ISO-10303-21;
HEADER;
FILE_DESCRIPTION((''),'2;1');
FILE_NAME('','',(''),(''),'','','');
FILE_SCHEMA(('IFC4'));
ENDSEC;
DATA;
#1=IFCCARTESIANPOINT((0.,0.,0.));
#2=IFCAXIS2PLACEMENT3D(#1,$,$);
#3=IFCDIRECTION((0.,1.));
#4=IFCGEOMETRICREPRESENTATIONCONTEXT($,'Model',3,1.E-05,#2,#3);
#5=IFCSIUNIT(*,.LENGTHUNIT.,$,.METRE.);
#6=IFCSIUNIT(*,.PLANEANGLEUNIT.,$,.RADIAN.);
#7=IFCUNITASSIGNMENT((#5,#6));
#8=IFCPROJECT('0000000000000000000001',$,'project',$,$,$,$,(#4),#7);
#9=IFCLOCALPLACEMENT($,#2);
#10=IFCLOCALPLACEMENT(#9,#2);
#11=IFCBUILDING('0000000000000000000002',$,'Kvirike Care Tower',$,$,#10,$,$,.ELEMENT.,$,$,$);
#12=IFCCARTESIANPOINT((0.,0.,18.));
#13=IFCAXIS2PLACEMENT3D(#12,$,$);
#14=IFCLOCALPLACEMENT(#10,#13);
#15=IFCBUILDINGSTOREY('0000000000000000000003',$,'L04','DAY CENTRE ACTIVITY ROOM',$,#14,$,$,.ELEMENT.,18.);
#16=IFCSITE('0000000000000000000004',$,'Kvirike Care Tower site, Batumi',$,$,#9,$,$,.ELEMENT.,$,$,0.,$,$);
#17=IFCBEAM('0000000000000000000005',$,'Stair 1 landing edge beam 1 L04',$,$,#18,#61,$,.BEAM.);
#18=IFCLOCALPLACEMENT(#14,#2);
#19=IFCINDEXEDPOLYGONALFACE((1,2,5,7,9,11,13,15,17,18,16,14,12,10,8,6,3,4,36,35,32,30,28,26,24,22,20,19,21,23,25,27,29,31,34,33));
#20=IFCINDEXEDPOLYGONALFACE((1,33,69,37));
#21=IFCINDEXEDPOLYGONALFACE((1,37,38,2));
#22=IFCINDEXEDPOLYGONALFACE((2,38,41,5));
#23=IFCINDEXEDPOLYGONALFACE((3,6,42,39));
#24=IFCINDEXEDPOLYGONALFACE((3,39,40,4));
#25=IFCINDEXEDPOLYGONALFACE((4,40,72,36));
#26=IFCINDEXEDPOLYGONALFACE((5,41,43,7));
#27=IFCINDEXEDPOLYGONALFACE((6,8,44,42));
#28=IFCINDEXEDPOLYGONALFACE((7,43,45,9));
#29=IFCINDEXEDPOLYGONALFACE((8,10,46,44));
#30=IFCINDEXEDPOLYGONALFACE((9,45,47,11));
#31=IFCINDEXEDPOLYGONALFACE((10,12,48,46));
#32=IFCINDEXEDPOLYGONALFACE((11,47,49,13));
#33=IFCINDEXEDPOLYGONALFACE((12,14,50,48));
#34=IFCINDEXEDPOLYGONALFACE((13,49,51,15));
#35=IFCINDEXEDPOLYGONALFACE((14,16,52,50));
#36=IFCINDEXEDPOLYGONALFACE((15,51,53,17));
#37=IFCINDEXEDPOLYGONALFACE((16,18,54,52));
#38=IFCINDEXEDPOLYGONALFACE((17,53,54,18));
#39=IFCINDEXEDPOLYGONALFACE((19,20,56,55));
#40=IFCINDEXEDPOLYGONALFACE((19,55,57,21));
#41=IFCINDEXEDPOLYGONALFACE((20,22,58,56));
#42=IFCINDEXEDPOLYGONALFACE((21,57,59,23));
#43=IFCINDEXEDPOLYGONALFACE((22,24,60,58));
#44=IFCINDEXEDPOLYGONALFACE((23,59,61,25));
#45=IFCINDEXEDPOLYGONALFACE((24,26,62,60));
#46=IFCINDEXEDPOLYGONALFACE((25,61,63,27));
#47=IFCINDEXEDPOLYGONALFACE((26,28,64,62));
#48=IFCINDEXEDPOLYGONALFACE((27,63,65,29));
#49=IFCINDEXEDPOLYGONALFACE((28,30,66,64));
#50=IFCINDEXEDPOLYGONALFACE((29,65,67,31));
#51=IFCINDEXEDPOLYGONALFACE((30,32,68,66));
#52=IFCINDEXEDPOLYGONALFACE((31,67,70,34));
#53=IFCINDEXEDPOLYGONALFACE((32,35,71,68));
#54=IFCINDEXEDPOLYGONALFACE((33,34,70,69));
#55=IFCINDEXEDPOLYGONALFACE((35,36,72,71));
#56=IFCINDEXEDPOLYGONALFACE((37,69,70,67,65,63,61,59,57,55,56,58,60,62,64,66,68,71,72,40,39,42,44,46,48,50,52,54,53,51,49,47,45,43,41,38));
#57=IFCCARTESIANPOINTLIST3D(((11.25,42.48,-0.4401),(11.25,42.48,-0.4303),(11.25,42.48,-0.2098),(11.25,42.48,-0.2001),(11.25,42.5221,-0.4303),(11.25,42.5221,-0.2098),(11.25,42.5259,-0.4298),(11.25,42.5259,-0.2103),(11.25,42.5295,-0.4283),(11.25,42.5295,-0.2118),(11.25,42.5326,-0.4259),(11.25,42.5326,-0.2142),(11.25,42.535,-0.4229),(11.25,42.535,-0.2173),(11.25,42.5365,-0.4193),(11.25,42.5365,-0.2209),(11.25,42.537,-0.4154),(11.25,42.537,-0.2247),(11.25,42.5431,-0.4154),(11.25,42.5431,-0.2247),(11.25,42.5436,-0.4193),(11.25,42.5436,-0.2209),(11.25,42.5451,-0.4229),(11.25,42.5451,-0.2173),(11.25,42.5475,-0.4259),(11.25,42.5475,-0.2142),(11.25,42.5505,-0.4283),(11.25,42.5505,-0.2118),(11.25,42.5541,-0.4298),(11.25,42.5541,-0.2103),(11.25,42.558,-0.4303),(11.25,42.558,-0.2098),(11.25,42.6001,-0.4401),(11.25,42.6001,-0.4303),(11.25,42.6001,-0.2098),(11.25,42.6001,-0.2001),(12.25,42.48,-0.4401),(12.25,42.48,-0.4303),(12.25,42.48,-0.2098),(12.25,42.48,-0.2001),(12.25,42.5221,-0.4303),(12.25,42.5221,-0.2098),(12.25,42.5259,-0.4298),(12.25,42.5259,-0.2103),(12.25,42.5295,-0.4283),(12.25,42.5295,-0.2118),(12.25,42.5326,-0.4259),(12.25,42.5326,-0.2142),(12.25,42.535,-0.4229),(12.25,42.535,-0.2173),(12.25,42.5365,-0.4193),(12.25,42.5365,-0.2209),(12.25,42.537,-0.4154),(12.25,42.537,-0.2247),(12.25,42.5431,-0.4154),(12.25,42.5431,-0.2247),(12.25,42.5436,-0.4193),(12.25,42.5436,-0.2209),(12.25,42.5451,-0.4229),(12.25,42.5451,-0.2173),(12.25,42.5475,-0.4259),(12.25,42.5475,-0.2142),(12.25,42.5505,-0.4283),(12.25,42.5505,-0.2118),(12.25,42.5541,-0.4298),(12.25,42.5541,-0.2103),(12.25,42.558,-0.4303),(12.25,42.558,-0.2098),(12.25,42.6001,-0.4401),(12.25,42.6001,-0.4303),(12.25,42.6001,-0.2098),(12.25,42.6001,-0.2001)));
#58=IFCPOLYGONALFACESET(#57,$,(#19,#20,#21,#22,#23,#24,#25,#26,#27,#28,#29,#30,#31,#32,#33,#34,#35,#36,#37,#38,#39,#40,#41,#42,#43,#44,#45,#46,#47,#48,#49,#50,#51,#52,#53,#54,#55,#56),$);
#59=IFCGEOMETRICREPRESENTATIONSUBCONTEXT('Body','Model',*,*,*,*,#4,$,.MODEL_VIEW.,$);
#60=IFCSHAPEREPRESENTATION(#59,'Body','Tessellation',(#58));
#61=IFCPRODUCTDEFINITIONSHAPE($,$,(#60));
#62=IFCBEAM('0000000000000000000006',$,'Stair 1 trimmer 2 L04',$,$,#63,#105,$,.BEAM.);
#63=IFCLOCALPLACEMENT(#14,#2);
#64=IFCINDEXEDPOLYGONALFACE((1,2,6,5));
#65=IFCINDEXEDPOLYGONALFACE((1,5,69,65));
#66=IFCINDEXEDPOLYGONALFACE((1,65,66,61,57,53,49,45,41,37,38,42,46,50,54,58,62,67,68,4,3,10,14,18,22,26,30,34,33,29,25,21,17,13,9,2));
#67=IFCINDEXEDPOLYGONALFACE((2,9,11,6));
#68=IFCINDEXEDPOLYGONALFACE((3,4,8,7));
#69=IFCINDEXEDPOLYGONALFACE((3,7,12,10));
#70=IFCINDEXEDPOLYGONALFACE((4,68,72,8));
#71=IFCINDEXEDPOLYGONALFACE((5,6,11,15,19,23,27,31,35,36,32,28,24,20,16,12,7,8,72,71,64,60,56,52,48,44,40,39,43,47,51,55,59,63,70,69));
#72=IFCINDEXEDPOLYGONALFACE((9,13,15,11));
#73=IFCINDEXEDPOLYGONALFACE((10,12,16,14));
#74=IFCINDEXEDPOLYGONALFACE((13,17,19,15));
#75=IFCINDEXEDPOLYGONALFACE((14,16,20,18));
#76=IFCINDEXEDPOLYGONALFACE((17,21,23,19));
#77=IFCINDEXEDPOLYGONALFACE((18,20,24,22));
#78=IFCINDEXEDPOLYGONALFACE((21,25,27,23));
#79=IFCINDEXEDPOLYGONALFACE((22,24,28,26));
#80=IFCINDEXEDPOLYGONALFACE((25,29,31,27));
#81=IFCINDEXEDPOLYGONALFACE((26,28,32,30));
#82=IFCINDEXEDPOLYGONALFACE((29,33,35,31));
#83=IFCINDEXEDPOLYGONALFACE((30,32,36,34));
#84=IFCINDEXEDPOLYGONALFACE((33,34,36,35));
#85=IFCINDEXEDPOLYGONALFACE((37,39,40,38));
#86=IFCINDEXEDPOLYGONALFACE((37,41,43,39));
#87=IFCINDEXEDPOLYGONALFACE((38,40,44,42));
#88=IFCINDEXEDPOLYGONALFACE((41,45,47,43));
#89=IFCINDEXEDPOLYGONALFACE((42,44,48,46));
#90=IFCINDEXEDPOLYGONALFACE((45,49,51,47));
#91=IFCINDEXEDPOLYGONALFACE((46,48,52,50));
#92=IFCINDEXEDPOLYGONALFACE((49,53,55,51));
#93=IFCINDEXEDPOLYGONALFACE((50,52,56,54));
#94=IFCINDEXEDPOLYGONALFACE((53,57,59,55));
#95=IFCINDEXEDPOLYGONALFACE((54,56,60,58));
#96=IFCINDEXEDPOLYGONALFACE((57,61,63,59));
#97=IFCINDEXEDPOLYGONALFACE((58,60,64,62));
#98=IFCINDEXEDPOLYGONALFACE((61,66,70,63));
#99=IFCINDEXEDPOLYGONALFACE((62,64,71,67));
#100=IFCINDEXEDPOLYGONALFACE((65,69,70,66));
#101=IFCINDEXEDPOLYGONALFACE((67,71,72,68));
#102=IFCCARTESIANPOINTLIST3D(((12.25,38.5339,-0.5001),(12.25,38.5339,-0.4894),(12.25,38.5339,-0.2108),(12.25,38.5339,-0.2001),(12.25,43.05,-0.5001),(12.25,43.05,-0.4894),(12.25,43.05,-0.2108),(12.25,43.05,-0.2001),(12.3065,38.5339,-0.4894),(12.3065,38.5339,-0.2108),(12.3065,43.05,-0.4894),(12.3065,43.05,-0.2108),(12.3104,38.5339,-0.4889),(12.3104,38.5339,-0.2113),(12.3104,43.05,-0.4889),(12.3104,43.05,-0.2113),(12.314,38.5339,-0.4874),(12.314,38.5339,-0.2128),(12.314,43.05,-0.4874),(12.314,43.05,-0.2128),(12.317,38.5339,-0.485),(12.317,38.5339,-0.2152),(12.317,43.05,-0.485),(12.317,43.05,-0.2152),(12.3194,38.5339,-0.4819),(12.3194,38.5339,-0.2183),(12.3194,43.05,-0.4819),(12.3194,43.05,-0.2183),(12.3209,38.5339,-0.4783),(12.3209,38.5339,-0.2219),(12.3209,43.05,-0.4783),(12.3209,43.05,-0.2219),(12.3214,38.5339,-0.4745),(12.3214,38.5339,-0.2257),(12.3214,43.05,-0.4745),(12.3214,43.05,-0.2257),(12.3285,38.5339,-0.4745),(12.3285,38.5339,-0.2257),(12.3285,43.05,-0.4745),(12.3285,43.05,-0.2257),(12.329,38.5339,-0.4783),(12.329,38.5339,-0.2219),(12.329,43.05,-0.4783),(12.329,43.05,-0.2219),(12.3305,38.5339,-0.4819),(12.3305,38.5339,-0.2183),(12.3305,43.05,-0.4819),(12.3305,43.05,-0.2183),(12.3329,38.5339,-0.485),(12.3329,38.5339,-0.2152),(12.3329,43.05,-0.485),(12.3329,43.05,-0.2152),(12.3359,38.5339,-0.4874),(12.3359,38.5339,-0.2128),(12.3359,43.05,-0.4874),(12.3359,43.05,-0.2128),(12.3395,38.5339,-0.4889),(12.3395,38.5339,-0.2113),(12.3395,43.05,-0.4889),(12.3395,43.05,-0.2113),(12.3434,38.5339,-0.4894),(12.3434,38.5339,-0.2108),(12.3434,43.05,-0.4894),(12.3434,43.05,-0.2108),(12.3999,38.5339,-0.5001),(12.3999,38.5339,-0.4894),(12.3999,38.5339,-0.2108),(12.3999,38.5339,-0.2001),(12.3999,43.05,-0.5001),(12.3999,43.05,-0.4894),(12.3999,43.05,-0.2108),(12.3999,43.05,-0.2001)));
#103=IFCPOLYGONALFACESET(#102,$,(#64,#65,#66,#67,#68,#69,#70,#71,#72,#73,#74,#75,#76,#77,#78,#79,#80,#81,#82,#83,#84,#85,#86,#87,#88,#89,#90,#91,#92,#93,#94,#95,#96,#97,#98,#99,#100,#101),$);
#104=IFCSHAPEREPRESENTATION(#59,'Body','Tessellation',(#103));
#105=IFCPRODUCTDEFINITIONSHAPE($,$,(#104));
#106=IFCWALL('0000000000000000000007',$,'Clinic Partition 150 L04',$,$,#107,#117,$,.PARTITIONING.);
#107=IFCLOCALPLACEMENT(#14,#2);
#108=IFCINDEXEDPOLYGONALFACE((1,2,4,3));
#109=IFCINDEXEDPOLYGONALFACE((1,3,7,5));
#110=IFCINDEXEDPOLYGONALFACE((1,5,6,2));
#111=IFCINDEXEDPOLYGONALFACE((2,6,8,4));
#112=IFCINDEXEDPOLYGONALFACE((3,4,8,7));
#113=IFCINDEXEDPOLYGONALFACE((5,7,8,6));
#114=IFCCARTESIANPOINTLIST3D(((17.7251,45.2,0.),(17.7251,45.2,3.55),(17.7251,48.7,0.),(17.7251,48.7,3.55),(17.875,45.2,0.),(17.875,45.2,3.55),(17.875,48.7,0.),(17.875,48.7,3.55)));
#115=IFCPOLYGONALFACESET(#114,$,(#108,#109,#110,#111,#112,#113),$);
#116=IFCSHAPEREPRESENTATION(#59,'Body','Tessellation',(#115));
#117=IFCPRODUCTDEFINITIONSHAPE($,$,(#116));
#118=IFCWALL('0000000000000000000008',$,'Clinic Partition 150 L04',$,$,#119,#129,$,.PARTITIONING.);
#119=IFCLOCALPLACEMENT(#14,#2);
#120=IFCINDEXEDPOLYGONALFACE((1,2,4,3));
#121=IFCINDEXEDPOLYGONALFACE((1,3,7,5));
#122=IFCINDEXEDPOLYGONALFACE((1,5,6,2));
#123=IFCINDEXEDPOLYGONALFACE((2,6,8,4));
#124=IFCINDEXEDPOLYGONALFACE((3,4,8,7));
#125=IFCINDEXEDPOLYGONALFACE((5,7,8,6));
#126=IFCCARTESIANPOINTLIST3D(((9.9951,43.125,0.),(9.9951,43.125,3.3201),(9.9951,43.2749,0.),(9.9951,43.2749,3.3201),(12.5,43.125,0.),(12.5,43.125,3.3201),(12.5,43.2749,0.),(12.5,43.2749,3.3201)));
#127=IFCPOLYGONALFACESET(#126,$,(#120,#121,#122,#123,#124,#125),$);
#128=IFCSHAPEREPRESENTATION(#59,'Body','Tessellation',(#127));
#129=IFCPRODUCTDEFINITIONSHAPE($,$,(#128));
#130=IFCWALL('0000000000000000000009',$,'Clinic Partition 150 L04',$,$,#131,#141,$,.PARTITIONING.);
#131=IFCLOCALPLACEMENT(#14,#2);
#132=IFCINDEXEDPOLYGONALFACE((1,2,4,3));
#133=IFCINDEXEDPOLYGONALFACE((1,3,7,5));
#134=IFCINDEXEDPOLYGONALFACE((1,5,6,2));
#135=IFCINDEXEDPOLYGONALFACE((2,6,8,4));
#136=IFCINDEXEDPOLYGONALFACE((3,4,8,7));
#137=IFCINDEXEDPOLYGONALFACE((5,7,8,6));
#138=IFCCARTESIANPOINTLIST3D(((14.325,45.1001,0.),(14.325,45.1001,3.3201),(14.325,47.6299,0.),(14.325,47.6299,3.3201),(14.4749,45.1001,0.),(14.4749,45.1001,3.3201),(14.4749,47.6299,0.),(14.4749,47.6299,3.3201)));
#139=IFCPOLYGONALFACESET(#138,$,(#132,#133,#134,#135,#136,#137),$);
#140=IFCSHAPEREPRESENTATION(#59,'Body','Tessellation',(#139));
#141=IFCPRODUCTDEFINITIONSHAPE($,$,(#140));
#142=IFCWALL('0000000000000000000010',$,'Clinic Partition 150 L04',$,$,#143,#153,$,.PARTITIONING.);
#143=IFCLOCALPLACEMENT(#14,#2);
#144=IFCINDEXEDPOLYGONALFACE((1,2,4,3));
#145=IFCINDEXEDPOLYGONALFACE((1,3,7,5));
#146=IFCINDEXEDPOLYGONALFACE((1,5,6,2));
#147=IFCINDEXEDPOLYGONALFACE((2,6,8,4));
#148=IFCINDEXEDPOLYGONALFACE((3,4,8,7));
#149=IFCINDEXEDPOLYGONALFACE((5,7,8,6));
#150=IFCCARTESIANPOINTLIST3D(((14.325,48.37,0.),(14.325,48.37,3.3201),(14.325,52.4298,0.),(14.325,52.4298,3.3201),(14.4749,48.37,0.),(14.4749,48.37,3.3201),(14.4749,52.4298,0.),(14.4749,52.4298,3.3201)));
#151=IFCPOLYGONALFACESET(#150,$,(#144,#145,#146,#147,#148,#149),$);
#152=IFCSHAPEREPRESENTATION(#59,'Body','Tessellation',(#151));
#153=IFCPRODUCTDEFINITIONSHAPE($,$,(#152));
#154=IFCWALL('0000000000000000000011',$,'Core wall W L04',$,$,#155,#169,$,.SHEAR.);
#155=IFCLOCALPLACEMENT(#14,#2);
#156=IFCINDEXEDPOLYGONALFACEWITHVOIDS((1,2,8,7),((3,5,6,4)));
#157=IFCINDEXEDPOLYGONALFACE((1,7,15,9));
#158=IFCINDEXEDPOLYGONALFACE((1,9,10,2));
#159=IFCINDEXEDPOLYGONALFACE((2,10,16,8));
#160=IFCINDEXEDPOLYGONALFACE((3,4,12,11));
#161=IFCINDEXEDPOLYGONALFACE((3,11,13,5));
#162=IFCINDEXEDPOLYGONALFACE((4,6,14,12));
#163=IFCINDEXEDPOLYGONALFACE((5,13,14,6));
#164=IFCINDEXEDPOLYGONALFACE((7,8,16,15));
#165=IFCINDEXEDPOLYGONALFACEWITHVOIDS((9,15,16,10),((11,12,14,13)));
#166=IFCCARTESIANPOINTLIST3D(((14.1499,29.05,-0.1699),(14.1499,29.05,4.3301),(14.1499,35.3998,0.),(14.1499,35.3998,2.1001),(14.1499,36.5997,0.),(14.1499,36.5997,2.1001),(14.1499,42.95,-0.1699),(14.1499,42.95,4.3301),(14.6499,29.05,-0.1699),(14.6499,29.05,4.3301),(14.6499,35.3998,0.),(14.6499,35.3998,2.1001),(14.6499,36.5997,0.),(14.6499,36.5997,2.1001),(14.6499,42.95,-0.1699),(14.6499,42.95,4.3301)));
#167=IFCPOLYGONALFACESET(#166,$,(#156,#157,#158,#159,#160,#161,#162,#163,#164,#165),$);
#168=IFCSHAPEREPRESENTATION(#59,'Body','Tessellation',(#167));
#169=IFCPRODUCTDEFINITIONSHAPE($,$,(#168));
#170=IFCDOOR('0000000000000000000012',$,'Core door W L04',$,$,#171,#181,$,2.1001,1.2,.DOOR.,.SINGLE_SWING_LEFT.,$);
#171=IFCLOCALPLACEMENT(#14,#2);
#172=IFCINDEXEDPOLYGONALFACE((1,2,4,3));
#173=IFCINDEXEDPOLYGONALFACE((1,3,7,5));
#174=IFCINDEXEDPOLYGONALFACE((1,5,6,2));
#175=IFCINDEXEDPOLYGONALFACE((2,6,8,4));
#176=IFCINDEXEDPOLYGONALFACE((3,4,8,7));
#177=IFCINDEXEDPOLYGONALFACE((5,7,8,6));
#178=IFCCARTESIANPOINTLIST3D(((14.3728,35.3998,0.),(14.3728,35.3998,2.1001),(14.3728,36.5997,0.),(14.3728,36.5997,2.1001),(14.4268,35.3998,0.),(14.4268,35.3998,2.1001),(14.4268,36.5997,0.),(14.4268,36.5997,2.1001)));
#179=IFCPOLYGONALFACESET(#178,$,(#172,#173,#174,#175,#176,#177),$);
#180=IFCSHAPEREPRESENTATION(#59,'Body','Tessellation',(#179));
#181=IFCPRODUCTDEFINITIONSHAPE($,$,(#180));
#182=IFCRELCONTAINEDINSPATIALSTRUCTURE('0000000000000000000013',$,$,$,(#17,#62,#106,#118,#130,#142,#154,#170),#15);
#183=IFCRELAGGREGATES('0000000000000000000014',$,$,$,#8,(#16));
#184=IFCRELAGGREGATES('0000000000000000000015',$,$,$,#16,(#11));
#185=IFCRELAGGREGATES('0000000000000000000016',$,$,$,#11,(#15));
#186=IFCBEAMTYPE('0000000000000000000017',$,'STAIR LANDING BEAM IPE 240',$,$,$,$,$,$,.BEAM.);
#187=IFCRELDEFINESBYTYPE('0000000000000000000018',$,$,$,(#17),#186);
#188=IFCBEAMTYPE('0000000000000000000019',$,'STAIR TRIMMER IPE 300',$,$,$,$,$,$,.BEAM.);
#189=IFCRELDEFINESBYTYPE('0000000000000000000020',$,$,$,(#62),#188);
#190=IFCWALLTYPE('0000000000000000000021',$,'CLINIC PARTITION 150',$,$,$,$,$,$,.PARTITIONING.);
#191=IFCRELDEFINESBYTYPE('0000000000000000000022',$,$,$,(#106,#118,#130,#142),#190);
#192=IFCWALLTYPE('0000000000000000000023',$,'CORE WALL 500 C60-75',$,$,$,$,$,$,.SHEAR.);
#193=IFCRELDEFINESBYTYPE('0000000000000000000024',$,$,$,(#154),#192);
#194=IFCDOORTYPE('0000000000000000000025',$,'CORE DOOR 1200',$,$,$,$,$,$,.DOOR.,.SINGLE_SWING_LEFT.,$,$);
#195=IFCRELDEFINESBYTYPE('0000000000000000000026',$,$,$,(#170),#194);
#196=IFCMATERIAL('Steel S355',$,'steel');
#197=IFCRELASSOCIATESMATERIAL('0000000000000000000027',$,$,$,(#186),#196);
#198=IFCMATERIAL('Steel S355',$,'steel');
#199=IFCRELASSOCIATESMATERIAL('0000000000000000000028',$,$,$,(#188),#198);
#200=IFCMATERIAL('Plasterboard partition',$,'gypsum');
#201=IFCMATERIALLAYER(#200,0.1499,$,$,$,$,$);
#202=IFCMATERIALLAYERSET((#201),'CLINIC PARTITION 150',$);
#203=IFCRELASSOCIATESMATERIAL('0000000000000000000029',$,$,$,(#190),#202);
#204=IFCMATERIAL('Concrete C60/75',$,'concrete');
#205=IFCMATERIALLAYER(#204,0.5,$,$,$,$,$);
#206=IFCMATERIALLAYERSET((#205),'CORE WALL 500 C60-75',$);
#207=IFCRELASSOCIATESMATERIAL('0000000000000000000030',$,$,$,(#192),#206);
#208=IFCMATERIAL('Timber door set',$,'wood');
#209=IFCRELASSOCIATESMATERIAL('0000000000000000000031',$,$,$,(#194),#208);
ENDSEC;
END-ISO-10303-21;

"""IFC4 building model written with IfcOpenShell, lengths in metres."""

from ifc_helpers import new_model, si_unit, direction, frame, frame_2d, origin, origin_2d, place, context, subcontext, project, spatial, rectangle, i_section, extrude, material, layer, layer_set, material_profile, profile_set, type_object, element, fill, save


model = new_model("IFC4")

# Units and contexts
model_context = context("Model", 3, precision=1e-05, world=origin(), true_north=direction((0.0, 1.0)))
body_context = subcontext(model_context, "Body", "Model", "MODEL_VIEW")
ifc_project = project(units=[si_unit("LENGTHUNIT", "METRE"), si_unit("PLANEANGLEUNIT", "RADIAN")], contexts=[model_context])

# Site, building, storey
site_placement = place(None, origin())
site = spatial("IfcSite", under=ifc_project, at=site_placement, Name="Kvirike Care Tower site, Batumi", CompositionType="ELEMENT", RefElevation=0.0)
building_placement = place(site_placement, origin())
building = spatial("IfcBuilding", under=site, at=building_placement, Name="Kvirike Care Tower", CompositionType="ELEMENT")
storey_placement = place(building_placement, frame((0.0, 0.0, 18.0)))
storey = spatial("IfcBuildingStorey", under=building, at=storey_placement, Name="L04", Description="DAY CENTRE ACTIVITY ROOM", CompositionType="ELEMENT", Elevation=18.0)

# Beams
ifc_material_1 = material(Name="Steel S355", Category="steel")
ifc_material_profile_1 = material_profile(ifc_material_1, i_section(OverallWidth=0.1201, OverallDepth=0.24, WebThickness=0.0061, FlangeThickness=0.0098, FilletRadius=0.0149, at=origin_2d()), Name="IPE 240")
ifc_profile_set_1 = profile_set([ifc_material_profile_1], Name="Steel S355")
beam_type_1 = type_object("IfcBeamType", Name="STAIR LANDING BEAM IPE 240", PredefinedType="BEAM", material=ifc_profile_set_1)
beam_1_placement = place(storey_placement, frame((11.25, 42.54, -0.3201), z_axis=(1.0, 0.0, 0.0), x_axis=(0.0, 1.0, 0.0)))
element("IfcBeam", 1, at=beam_1_placement, inside=storey, type_object=beam_type_1, Name="Stair 1 landing edge beam 1 L04", PredefinedType="BEAM", context=body_context, shape_type="SweptSolid", body=[
    extrude(i_section(OverallWidth=0.1201, OverallDepth=0.24, WebThickness=0.0061, FlangeThickness=0.0098, FilletRadius=0.0149, at=origin_2d()), origin(), (0.0, 0.0, 1.0), 1.0),
])
ifc_material_2 = material(Name="Steel S355", Category="steel")
ifc_material_profile_2 = material_profile(ifc_material_2, i_section(OverallWidth=0.1499, OverallDepth=0.3, WebThickness=0.0071, FlangeThickness=0.0107, FilletRadius=0.0149, at=origin_2d()), Name="IPE 300")
ifc_profile_set_2 = profile_set([ifc_material_profile_2], Name="Steel S355")
beam_type_2 = type_object("IfcBeamType", Name="STAIR TRIMMER IPE 300", PredefinedType="BEAM", material=ifc_profile_set_2)
beam_2_placement = place(storey_placement, frame((12.325, 43.05, -0.3501), z_axis=(0.0, -1.0, 0.0), x_axis=(1.0, 0.0, 0.0)))
element("IfcBeam", 2, at=beam_2_placement, inside=storey, type_object=beam_type_2, Name="Stair 1 trimmer 2 L04", PredefinedType="BEAM", context=body_context, shape_type="SweptSolid", body=[
    extrude(i_section(OverallWidth=0.1499, OverallDepth=0.3, WebThickness=0.0071, FlangeThickness=0.0107, FilletRadius=0.0149, at=origin_2d()), origin(), (0.0, 0.0, 1.0), 4.5161),
])

# Walls
ifc_material_3 = material(Name="Plasterboard partition", Category="gypsum")
ifc_layer_1 = layer(ifc_material_3, 0.1499)
ifc_layer_set_1 = layer_set([ifc_layer_1], Name="CLINIC PARTITION 150")
wall_type_1 = type_object("IfcWallType", Name="CLINIC PARTITION 150", PredefinedType="PARTITIONING", material=ifc_layer_set_1)
wall_1_placement = place(storey_placement, frame((17.8, 48.7, 0.0), z_axis=(0.0, 0.0, 1.0), x_axis=(0.0, -1.0, 0.0)))
element("IfcWall", 3, at=wall_1_placement, inside=storey, type_object=wall_type_1, Name="Clinic Partition 150 L04", PredefinedType="PARTITIONING", context=body_context, shape_type="SweptSolid", body=[
    extrude(rectangle(XDim=3.5, YDim=0.1499, at=frame_2d((1.75, 0.0))), origin(), (0.0, 0.0, 1.0), 3.55),
])
wall_2_placement = place(storey_placement, frame((12.5, 43.2, 0.0), z_axis=(0.0, 0.0, 1.0), x_axis=(-1.0, 0.0, 0.0)))
element("IfcWall", 4, at=wall_2_placement, inside=storey, type_object=wall_type_1, Name="Clinic Partition 150 L04", PredefinedType="PARTITIONING", context=body_context, shape_type="SweptSolid", body=[
    extrude(rectangle(XDim=2.5049, YDim=0.1499, at=frame_2d((1.2524, 0.0))), origin(), (0.0, 0.0, 1.0), 3.3201),
])
wall_3_placement = place(storey_placement, frame((14.3999, 45.1001, 0.0), z_axis=(0.0, 0.0, 1.0), x_axis=(0.0, 1.0, 0.0)))
element("IfcWall", 5, at=wall_3_placement, inside=storey, type_object=wall_type_1, Name="Clinic Partition 150 L04", PredefinedType="PARTITIONING", context=body_context, shape_type="SweptSolid", body=[
    extrude(rectangle(XDim=2.5298, YDim=0.1499, at=frame_2d((1.2649, 0.0))), origin(), (0.0, 0.0, 1.0), 3.3201),
])
wall_4_placement = place(storey_placement, frame((14.3999, 48.3701, 0.0), z_axis=(0.0, 0.0, 1.0), x_axis=(0.0, 1.0, 0.0)))
element("IfcWall", 6, at=wall_4_placement, inside=storey, type_object=wall_type_1, Name="Clinic Partition 150 L04", PredefinedType="PARTITIONING", context=body_context, shape_type="SweptSolid", body=[
    extrude(rectangle(XDim=4.0598, YDim=0.1499, at=frame_2d((2.0298, 0.0))), origin(), (0.0, 0.0, 1.0), 3.3201),
])

# Wall, opening, door
ifc_material_4 = material(Name="Concrete C60/75", Category="concrete")
ifc_layer_2 = layer(ifc_material_4, 0.5)
ifc_layer_set_2 = layer_set([ifc_layer_2], Name="CORE WALL 500 C60-75")
wall_type_2 = type_object("IfcWallType", Name="CORE WALL 500 C60-75", PredefinedType="SHEAR", material=ifc_layer_set_2)
wall_5_placement = place(storey_placement, frame((14.3999, 42.95, -0.1699), z_axis=(0.0, 0.0, 1.0), x_axis=(0.0, -1.0, 0.0)))
wall_5 = element("IfcWall", 7, at=wall_5_placement, inside=storey, type_object=wall_type_2, Name="Core wall W L04", PredefinedType="SHEAR", context=body_context, shape_type="SweptSolid", body=[
    extrude(rectangle(XDim=13.8999, YDim=0.5, at=frame_2d((6.95, 0.0))), origin(), (0.0, 0.0, 1.0), 4.5),
])
opening_1_placement = place(wall_5_placement, frame((6.3501, 0.0, 0.1699)))
opening_1 = element("IfcOpeningElement", 8, at=opening_1_placement, cuts=wall_5, PredefinedType="OPENING", context=body_context, shape_type="SweptSolid", body=[
    extrude(rectangle(XDim=1.2, YDim=2.1001, at=frame_2d((0.6001, 1.05))), frame((0.0, 0.2605, 0.0), z_axis=(0.0, -1.0, 0.0), x_axis=(1.0, 0.0, 0.0)), (0.0, 0.0, 1.0), 0.521),
])
ifc_material_5 = material(Name="Timber door set", Category="wood")
door_type_1 = type_object("IfcDoorType", Name="CORE DOOR 1200", OperationType="SINGLE_SWING_LEFT", PredefinedType="DOOR", material=ifc_material_5)
door_1_placement = place(opening_1_placement, origin())
door_1 = element("IfcDoor", 9, at=door_1_placement, inside=storey, type_object=door_type_1, Name="Core door W L04", OperationType="SINGLE_SWING_LEFT", OverallHeight=2.1001, OverallWidth=1.2, PredefinedType="DOOR", context=body_context, shape_type="SweptSolid", body=[
    extrude(rectangle(XDim=1.2, YDim=2.1001, at=frame_2d((0.6001, 1.05))), frame((0.0, 0.0269, 0.0), z_axis=(0.0, -1.0, 0.0), x_axis=(1.0, 0.0, 0.0)), (0.0, 0.0, 1.0), 0.054),
])
fill(opening_1, door_1)

save(model, "model.ifc")
